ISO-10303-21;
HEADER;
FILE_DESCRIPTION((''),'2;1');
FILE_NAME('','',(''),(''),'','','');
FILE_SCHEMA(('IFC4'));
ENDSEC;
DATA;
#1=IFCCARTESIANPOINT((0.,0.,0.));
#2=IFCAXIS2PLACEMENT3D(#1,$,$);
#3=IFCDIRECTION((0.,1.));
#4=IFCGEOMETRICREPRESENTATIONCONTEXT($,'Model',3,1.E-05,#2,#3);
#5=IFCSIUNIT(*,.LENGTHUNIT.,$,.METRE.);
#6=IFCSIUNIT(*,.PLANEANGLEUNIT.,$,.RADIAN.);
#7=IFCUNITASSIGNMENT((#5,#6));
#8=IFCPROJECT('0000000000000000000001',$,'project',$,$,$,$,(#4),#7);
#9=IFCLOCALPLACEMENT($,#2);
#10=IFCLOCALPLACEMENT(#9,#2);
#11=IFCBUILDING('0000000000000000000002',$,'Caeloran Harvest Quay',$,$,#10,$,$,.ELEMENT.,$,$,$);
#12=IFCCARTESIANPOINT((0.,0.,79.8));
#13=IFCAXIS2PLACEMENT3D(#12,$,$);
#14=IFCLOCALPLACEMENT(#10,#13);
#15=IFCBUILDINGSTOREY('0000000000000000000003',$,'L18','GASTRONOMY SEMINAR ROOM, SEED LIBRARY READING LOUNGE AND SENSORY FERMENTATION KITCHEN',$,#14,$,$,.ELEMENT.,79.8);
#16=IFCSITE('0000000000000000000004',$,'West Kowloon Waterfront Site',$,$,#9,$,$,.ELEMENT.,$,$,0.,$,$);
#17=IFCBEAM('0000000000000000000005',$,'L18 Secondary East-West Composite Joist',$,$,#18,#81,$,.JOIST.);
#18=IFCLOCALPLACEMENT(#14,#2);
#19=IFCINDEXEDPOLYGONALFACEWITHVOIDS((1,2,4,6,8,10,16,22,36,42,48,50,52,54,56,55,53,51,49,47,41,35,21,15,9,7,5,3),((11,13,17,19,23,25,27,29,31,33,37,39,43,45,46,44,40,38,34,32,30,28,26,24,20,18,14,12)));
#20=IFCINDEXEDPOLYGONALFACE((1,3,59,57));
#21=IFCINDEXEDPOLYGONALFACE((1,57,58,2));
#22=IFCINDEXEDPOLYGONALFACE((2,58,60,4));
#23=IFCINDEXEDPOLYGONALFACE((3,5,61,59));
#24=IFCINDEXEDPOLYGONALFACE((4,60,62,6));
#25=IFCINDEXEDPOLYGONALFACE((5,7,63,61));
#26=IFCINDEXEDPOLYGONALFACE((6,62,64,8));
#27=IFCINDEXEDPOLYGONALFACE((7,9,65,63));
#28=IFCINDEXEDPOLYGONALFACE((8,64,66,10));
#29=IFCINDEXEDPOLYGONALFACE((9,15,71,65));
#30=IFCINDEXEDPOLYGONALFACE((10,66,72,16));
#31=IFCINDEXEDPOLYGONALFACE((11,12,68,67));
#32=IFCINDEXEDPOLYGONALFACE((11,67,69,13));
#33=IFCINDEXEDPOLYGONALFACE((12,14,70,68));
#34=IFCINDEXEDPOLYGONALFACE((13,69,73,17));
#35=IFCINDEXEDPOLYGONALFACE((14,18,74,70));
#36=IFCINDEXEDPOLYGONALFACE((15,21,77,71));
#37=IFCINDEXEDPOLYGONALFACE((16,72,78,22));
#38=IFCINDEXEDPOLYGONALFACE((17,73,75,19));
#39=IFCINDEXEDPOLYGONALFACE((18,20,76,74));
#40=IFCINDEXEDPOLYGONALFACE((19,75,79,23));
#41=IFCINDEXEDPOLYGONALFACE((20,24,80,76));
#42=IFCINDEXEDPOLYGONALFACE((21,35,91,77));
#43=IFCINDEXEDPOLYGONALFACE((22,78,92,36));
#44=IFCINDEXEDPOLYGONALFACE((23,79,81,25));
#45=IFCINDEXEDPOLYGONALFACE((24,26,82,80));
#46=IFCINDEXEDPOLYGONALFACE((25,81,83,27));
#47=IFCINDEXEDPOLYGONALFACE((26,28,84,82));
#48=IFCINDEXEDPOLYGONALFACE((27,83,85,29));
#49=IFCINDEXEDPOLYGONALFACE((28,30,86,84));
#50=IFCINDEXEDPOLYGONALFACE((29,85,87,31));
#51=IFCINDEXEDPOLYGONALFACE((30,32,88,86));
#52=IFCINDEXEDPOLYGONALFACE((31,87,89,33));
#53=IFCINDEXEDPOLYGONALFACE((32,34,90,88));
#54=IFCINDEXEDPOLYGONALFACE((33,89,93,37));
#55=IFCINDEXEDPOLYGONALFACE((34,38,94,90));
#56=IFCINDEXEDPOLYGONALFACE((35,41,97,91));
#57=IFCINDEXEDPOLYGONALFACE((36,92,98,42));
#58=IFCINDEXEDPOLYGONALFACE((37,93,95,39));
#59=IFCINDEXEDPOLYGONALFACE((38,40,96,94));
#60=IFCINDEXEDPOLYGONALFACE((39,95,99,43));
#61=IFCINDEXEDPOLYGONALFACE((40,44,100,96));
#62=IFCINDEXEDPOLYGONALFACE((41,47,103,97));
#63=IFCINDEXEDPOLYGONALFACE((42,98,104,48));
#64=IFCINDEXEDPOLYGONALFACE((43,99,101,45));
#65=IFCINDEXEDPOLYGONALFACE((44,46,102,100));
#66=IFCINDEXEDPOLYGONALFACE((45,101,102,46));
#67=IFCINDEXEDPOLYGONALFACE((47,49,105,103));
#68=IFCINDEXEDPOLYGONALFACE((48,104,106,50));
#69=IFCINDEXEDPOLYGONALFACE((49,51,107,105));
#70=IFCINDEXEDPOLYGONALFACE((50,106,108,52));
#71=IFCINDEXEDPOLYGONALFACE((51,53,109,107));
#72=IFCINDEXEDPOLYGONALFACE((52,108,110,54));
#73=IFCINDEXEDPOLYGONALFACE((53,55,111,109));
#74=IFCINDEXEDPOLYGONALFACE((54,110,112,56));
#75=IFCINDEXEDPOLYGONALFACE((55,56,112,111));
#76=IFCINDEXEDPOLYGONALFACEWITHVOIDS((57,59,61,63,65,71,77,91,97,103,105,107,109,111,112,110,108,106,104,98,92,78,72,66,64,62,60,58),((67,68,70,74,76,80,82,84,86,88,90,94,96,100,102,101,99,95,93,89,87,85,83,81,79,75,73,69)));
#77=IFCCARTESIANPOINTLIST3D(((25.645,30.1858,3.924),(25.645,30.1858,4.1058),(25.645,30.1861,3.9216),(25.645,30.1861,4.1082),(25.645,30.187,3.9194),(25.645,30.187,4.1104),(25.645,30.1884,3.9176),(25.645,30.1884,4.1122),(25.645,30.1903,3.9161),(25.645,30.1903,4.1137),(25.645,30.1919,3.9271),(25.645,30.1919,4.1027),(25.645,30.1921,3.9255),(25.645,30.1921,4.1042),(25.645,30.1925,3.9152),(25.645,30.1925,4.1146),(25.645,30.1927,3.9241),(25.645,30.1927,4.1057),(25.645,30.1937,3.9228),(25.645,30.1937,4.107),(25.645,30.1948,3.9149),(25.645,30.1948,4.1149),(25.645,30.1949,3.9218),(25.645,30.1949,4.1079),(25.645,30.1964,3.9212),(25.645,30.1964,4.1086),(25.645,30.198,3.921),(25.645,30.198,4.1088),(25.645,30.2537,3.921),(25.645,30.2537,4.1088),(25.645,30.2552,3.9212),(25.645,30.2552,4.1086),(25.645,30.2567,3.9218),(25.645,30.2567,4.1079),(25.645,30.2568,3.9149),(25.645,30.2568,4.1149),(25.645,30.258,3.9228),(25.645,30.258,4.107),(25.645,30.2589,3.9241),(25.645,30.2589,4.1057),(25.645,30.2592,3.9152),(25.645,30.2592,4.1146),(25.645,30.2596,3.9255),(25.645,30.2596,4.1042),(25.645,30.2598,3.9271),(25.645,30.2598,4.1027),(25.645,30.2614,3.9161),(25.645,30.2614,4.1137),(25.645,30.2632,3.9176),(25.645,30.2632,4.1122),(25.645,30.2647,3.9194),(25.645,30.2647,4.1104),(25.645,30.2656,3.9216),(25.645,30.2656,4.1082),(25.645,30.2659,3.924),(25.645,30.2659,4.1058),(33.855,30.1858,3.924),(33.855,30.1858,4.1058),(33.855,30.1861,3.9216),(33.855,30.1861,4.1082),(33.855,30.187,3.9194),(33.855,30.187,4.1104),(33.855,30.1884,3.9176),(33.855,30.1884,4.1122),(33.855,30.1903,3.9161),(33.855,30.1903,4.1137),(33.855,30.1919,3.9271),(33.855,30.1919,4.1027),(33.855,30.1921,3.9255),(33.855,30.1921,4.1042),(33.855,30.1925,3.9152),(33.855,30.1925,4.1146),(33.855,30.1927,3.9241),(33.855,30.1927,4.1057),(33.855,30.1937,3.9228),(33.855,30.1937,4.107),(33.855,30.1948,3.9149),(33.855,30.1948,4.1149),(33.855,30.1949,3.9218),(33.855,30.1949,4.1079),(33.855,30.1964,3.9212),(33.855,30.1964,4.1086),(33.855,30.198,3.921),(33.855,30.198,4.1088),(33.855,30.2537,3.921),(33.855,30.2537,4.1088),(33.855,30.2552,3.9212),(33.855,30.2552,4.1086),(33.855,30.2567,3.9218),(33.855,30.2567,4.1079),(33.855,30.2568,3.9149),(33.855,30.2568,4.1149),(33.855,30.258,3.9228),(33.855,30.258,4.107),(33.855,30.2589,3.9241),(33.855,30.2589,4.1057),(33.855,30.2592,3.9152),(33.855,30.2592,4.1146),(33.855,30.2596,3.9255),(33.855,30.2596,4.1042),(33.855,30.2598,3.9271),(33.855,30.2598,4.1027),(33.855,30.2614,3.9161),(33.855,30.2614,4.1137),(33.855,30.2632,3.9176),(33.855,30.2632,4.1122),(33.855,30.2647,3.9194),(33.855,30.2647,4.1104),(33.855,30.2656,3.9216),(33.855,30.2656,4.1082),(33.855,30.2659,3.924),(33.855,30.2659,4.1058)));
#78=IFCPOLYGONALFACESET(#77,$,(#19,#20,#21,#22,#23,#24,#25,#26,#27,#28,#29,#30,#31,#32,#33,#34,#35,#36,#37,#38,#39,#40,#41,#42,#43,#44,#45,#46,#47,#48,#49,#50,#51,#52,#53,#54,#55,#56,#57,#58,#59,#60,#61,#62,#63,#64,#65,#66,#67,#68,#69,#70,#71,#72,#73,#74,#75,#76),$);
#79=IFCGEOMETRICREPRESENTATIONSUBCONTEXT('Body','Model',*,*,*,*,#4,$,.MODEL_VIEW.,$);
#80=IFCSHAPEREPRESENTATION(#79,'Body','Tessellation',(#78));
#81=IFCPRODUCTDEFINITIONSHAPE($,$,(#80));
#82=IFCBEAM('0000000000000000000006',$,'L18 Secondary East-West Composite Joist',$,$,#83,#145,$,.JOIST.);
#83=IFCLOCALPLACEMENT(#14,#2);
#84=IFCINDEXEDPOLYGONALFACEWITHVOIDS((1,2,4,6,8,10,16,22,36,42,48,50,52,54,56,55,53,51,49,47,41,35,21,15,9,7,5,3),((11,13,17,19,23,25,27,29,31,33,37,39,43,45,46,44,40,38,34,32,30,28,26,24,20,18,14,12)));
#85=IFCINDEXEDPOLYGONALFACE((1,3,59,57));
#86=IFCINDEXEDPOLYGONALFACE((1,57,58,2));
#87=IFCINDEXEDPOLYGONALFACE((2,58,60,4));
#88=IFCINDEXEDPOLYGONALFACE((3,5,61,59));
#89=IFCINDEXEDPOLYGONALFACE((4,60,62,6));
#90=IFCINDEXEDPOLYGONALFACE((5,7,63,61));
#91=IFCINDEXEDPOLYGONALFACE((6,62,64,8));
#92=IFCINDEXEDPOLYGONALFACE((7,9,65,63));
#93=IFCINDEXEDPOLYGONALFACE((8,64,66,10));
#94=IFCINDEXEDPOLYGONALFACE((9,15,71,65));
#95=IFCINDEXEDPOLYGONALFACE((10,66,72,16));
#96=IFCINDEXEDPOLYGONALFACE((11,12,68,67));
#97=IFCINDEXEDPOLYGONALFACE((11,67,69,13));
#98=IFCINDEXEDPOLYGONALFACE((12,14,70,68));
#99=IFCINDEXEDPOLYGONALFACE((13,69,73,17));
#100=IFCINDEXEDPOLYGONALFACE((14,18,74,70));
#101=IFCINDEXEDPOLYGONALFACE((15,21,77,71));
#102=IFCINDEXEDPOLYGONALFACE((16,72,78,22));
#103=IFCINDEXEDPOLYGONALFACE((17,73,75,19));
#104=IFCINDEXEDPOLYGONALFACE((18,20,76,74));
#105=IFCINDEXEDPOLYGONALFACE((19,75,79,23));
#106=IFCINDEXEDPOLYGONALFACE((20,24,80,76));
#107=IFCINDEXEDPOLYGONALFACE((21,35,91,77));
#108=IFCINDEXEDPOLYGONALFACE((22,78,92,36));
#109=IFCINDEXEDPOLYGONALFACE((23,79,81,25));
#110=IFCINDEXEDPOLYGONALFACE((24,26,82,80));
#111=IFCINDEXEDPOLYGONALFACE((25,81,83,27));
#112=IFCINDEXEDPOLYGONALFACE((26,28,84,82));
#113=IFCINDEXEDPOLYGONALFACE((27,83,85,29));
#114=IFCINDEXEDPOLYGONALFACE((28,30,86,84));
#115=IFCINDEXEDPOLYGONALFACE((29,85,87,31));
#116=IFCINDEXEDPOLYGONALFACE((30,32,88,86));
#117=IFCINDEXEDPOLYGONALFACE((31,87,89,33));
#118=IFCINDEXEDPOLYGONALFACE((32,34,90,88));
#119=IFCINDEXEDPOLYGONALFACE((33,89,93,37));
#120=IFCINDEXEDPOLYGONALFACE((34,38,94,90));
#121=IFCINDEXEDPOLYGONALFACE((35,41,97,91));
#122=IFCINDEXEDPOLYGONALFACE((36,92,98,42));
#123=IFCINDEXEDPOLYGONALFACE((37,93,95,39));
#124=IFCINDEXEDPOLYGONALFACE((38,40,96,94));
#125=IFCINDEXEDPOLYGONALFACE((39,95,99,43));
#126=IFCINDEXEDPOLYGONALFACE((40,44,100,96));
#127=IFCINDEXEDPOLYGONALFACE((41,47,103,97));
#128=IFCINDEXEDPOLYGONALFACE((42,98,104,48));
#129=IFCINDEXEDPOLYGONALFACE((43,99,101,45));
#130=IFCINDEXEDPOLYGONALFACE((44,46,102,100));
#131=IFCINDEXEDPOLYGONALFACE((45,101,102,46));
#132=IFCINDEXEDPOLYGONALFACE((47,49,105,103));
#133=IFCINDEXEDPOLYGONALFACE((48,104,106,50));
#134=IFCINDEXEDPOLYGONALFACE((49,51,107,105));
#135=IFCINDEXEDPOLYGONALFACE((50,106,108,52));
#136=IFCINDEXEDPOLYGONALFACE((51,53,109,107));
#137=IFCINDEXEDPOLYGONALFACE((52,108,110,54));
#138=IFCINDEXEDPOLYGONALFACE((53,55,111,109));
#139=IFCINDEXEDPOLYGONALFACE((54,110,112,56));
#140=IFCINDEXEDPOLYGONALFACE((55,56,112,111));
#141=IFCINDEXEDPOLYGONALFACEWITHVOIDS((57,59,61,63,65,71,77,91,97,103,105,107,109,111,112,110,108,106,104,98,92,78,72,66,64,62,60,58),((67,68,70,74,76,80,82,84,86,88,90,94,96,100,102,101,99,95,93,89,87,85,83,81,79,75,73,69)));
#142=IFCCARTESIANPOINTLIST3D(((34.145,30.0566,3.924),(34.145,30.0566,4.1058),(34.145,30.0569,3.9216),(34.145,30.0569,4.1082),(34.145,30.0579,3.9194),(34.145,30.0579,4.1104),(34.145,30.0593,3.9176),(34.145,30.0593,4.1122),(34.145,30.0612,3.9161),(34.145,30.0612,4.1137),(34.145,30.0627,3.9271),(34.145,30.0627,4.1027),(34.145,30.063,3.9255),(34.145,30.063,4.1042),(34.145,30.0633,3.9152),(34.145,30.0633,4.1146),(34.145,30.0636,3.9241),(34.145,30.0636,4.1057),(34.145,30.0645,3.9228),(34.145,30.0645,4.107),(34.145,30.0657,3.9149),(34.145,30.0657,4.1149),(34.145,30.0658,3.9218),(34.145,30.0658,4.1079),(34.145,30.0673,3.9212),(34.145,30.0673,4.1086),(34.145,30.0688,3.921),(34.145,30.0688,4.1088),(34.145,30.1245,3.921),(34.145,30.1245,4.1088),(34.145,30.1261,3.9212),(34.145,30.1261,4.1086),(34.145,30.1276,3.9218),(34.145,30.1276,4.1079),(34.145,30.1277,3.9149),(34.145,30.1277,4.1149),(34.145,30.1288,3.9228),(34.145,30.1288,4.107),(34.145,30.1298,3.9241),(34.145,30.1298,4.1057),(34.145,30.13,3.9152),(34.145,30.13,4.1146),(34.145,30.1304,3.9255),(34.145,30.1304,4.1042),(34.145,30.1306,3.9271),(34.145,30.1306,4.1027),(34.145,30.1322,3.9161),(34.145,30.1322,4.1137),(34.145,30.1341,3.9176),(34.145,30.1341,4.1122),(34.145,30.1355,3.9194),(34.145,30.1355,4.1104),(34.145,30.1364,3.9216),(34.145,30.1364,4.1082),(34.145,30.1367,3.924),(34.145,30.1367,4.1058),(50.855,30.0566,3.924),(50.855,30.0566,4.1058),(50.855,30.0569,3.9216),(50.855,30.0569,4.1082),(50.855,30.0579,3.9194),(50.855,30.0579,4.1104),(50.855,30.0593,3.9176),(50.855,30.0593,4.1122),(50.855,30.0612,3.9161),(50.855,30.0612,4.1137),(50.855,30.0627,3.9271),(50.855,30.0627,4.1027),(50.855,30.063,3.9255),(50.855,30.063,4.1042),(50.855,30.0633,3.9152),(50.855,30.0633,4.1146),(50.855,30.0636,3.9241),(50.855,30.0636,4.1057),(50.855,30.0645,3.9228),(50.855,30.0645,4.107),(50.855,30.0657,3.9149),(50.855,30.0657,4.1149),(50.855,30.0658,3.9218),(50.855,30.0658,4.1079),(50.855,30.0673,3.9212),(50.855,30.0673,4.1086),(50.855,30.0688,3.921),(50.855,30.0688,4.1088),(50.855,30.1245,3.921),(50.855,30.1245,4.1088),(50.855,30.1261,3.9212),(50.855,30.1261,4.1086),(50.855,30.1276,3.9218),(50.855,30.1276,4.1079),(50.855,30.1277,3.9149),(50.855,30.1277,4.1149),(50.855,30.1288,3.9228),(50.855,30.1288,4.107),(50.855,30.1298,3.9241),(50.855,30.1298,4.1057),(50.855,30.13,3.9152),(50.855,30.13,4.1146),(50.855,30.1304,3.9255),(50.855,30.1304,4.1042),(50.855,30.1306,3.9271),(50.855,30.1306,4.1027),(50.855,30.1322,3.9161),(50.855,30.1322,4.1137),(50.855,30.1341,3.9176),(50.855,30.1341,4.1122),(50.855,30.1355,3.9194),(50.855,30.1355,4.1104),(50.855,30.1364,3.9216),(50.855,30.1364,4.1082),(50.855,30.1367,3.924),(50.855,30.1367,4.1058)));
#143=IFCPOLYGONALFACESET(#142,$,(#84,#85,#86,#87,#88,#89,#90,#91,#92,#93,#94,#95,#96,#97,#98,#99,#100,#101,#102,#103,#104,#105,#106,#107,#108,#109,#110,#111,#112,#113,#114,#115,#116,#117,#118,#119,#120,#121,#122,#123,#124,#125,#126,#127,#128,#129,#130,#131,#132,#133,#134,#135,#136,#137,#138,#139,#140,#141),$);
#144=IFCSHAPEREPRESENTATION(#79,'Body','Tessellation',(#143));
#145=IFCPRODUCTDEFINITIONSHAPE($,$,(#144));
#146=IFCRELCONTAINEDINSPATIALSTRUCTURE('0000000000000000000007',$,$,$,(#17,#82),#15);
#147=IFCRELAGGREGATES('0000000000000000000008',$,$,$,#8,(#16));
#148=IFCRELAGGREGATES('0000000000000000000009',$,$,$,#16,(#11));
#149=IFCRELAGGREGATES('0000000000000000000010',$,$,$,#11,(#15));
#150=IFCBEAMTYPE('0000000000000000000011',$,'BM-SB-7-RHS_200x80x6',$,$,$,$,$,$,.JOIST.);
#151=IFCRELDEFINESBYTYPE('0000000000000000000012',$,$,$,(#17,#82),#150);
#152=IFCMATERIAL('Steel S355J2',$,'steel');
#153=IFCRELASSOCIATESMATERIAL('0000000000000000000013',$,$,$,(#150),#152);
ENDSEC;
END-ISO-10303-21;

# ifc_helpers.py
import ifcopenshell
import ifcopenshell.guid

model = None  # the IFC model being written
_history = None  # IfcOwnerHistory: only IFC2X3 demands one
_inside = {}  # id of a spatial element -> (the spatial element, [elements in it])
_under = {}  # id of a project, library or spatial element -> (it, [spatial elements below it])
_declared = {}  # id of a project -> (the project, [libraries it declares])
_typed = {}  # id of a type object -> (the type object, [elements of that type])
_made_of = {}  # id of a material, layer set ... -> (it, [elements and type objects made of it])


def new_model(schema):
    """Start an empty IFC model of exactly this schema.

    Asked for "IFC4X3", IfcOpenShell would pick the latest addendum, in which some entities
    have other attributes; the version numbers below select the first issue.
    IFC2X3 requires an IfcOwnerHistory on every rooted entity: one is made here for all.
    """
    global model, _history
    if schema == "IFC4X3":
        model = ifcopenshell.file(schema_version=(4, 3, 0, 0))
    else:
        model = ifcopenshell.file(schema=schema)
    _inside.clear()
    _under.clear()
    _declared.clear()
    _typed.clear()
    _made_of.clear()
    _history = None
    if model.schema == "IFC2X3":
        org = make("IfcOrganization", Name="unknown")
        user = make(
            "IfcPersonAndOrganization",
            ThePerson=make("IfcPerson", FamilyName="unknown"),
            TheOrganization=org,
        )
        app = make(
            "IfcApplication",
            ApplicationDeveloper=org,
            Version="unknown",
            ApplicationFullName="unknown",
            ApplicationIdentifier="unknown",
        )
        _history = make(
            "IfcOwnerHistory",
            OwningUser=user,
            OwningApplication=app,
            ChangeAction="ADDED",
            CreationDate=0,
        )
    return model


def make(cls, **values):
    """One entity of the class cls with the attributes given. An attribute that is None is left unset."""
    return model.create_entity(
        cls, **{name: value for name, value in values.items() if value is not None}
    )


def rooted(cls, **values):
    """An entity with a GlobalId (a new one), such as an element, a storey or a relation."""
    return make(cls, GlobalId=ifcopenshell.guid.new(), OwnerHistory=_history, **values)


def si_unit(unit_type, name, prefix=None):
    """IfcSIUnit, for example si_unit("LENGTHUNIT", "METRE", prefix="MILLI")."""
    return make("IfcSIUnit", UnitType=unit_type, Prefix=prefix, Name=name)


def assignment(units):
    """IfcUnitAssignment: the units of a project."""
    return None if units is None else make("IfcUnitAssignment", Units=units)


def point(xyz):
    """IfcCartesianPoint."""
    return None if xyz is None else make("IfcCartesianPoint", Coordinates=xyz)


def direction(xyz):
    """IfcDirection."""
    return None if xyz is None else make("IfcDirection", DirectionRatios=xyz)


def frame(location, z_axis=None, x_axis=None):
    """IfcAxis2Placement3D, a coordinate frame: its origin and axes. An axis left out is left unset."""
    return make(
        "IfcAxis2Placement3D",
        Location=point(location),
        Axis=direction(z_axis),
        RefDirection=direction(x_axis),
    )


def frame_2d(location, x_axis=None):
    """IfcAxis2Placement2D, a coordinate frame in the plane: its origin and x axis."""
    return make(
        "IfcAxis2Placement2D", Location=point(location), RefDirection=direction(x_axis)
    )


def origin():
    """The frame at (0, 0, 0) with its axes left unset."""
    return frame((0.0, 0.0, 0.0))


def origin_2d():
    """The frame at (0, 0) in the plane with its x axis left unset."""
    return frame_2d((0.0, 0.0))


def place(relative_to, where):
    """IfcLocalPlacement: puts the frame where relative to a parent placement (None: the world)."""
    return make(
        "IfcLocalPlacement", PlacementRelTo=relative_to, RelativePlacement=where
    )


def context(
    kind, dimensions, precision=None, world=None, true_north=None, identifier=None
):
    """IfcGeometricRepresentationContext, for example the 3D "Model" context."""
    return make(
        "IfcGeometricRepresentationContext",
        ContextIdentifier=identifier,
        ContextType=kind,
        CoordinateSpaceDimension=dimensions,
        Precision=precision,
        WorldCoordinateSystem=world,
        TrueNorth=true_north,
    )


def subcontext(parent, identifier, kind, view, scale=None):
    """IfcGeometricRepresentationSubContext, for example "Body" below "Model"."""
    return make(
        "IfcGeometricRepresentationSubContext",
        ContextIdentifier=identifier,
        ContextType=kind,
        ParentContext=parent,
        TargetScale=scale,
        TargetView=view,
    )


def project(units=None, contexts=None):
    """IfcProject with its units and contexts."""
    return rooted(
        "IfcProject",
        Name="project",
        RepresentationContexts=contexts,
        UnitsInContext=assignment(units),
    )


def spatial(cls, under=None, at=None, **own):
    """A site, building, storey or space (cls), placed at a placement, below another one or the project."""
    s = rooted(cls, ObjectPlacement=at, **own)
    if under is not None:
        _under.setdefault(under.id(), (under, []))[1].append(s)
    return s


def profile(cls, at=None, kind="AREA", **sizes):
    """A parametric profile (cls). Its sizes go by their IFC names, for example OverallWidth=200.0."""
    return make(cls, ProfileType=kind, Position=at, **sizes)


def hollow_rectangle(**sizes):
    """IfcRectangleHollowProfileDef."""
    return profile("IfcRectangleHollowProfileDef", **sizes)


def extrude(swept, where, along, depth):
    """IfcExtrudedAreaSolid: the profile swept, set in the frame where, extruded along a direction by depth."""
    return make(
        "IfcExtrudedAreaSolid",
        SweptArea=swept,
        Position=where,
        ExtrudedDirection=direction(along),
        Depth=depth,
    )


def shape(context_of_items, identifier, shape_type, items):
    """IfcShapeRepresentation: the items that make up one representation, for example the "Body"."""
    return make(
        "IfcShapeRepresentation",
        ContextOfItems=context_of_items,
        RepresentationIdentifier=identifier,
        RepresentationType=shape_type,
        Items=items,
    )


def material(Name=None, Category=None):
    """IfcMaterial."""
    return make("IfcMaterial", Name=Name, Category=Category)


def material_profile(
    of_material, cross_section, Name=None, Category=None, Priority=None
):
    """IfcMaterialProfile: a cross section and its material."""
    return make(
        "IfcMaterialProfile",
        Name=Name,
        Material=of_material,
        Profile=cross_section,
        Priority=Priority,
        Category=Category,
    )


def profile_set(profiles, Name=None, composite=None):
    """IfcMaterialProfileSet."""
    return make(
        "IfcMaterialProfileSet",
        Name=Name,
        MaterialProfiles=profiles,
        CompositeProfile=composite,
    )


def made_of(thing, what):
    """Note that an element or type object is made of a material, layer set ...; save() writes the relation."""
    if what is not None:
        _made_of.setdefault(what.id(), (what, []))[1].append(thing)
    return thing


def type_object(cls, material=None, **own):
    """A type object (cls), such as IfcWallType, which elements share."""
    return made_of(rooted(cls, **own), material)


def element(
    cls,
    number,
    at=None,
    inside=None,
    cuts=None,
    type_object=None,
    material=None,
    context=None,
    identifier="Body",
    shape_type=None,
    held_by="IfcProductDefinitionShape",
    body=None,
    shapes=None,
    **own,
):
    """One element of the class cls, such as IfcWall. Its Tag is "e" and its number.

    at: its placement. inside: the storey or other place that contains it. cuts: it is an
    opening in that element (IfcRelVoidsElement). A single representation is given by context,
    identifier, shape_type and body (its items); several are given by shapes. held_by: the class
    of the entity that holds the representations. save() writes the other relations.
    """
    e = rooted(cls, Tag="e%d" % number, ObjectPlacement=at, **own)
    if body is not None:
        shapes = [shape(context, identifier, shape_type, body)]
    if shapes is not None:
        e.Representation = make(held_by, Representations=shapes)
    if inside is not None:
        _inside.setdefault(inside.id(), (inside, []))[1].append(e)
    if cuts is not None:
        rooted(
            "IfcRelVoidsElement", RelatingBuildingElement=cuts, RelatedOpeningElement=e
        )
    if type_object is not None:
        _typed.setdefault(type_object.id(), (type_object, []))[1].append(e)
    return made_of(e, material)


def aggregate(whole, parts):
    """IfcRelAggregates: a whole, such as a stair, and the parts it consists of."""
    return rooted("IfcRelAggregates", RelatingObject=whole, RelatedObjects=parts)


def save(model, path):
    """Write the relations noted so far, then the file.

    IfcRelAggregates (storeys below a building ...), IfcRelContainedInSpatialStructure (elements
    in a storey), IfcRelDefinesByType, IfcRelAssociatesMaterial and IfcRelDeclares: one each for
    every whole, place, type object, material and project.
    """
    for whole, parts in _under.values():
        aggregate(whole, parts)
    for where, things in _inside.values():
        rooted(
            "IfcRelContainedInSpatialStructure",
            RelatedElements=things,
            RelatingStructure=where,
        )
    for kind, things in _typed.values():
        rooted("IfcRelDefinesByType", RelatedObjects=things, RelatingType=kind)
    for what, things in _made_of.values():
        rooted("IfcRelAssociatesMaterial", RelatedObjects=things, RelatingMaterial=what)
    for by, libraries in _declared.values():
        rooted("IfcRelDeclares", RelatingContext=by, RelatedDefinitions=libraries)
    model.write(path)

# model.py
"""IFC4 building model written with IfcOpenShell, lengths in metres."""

from ifc_helpers import new_model, si_unit, direction, frame, origin, origin_2d, place, context, subcontext, project, spatial, hollow_rectangle, extrude, material, material_profile, profile_set, type_object, element, save


model = new_model("IFC4")

# Units and contexts
model_context = context("Model", 3, precision=1e-05, world=origin(), true_north=direction((0.0, 1.0)))
body_context = subcontext(model_context, "Body", "Model", "MODEL_VIEW")
ifc_project = project(units=[si_unit("LENGTHUNIT", "METRE"), si_unit("PLANEANGLEUNIT", "RADIAN")], contexts=[model_context])

# Site, building, storey
site_placement = place(None, origin())
site = spatial("IfcSite", under=ifc_project, at=site_placement, Name="West Kowloon Waterfront Site", CompositionType="ELEMENT", RefElevation=0.0)
building_placement = place(site_placement, origin())
building = spatial("IfcBuilding", under=site, at=building_placement, Name="Caeloran Harvest Quay", CompositionType="ELEMENT")
storey_placement = place(building_placement, frame((0.0, 0.0, 79.8)))
storey = spatial("IfcBuildingStorey", under=building, at=storey_placement, Name="L18", Description="GASTRONOMY SEMINAR ROOM, SEED LIBRARY READING LOUNGE AND SENSORY FERMENTATION KITCHEN", CompositionType="ELEMENT", Elevation=79.8)

# Beams
ifc_material_1 = material(Name="Steel S355J2", Category="steel")
ifc_material_profile_1 = material_profile(ifc_material_1, hollow_rectangle(XDim=0.0801, YDim=0.2, WallThickness=0.0061, InnerFilletRadius=0.0061, OuterFilletRadius=0.009, at=origin_2d()), Name="RHS 200x80x6")
ifc_profile_set_1 = profile_set([ifc_material_profile_1], Name="Steel S355J2")
beam_type_1 = type_object("IfcBeamType", Name="BM-SB-7-RHS_200x80x6", PredefinedType="JOIST", material=ifc_profile_set_1)
beam_1_placement = place(storey_placement, frame((25.645, 30.2258, 4.0149), z_axis=(1.0, 0.0, 0.0), x_axis=(0.0, 1.0, 0.0)))
element("IfcBeam", 1, at=beam_1_placement, inside=storey, type_object=beam_type_1, Name="L18 Secondary East-West Composite Joist", PredefinedType="JOIST", context=body_context, shape_type="SweptSolid", body=[
    extrude(hollow_rectangle(XDim=0.0801, YDim=0.2, WallThickness=0.0061, InnerFilletRadius=0.0061, OuterFilletRadius=0.009, at=origin_2d()), origin(), (0.0, 0.0, 1.0), 8.21),
])
for number, where, z_axis, x_axis, name in (
    (2, (34.145, 30.0967, 4.0149), (1.0, 0.0, 0.0), (0.0, 1.0, 0.0), "L18 Secondary East-West Composite Joist"),
):
    element("IfcBeam", number, at=place(storey_placement, frame(where, z_axis=z_axis, x_axis=x_axis)), inside=storey, type_object=beam_type_1, Name=name, PredefinedType="JOIST", context=body_context, shape_type="SweptSolid", body=[
        extrude(hollow_rectangle(XDim=0.0801, YDim=0.2, WallThickness=0.0061, InnerFilletRadius=0.0061, OuterFilletRadius=0.009, at=origin_2d()), origin(), (0.0, 0.0, 1.0), 16.71),
    ])

save(model, "model.ifc")
